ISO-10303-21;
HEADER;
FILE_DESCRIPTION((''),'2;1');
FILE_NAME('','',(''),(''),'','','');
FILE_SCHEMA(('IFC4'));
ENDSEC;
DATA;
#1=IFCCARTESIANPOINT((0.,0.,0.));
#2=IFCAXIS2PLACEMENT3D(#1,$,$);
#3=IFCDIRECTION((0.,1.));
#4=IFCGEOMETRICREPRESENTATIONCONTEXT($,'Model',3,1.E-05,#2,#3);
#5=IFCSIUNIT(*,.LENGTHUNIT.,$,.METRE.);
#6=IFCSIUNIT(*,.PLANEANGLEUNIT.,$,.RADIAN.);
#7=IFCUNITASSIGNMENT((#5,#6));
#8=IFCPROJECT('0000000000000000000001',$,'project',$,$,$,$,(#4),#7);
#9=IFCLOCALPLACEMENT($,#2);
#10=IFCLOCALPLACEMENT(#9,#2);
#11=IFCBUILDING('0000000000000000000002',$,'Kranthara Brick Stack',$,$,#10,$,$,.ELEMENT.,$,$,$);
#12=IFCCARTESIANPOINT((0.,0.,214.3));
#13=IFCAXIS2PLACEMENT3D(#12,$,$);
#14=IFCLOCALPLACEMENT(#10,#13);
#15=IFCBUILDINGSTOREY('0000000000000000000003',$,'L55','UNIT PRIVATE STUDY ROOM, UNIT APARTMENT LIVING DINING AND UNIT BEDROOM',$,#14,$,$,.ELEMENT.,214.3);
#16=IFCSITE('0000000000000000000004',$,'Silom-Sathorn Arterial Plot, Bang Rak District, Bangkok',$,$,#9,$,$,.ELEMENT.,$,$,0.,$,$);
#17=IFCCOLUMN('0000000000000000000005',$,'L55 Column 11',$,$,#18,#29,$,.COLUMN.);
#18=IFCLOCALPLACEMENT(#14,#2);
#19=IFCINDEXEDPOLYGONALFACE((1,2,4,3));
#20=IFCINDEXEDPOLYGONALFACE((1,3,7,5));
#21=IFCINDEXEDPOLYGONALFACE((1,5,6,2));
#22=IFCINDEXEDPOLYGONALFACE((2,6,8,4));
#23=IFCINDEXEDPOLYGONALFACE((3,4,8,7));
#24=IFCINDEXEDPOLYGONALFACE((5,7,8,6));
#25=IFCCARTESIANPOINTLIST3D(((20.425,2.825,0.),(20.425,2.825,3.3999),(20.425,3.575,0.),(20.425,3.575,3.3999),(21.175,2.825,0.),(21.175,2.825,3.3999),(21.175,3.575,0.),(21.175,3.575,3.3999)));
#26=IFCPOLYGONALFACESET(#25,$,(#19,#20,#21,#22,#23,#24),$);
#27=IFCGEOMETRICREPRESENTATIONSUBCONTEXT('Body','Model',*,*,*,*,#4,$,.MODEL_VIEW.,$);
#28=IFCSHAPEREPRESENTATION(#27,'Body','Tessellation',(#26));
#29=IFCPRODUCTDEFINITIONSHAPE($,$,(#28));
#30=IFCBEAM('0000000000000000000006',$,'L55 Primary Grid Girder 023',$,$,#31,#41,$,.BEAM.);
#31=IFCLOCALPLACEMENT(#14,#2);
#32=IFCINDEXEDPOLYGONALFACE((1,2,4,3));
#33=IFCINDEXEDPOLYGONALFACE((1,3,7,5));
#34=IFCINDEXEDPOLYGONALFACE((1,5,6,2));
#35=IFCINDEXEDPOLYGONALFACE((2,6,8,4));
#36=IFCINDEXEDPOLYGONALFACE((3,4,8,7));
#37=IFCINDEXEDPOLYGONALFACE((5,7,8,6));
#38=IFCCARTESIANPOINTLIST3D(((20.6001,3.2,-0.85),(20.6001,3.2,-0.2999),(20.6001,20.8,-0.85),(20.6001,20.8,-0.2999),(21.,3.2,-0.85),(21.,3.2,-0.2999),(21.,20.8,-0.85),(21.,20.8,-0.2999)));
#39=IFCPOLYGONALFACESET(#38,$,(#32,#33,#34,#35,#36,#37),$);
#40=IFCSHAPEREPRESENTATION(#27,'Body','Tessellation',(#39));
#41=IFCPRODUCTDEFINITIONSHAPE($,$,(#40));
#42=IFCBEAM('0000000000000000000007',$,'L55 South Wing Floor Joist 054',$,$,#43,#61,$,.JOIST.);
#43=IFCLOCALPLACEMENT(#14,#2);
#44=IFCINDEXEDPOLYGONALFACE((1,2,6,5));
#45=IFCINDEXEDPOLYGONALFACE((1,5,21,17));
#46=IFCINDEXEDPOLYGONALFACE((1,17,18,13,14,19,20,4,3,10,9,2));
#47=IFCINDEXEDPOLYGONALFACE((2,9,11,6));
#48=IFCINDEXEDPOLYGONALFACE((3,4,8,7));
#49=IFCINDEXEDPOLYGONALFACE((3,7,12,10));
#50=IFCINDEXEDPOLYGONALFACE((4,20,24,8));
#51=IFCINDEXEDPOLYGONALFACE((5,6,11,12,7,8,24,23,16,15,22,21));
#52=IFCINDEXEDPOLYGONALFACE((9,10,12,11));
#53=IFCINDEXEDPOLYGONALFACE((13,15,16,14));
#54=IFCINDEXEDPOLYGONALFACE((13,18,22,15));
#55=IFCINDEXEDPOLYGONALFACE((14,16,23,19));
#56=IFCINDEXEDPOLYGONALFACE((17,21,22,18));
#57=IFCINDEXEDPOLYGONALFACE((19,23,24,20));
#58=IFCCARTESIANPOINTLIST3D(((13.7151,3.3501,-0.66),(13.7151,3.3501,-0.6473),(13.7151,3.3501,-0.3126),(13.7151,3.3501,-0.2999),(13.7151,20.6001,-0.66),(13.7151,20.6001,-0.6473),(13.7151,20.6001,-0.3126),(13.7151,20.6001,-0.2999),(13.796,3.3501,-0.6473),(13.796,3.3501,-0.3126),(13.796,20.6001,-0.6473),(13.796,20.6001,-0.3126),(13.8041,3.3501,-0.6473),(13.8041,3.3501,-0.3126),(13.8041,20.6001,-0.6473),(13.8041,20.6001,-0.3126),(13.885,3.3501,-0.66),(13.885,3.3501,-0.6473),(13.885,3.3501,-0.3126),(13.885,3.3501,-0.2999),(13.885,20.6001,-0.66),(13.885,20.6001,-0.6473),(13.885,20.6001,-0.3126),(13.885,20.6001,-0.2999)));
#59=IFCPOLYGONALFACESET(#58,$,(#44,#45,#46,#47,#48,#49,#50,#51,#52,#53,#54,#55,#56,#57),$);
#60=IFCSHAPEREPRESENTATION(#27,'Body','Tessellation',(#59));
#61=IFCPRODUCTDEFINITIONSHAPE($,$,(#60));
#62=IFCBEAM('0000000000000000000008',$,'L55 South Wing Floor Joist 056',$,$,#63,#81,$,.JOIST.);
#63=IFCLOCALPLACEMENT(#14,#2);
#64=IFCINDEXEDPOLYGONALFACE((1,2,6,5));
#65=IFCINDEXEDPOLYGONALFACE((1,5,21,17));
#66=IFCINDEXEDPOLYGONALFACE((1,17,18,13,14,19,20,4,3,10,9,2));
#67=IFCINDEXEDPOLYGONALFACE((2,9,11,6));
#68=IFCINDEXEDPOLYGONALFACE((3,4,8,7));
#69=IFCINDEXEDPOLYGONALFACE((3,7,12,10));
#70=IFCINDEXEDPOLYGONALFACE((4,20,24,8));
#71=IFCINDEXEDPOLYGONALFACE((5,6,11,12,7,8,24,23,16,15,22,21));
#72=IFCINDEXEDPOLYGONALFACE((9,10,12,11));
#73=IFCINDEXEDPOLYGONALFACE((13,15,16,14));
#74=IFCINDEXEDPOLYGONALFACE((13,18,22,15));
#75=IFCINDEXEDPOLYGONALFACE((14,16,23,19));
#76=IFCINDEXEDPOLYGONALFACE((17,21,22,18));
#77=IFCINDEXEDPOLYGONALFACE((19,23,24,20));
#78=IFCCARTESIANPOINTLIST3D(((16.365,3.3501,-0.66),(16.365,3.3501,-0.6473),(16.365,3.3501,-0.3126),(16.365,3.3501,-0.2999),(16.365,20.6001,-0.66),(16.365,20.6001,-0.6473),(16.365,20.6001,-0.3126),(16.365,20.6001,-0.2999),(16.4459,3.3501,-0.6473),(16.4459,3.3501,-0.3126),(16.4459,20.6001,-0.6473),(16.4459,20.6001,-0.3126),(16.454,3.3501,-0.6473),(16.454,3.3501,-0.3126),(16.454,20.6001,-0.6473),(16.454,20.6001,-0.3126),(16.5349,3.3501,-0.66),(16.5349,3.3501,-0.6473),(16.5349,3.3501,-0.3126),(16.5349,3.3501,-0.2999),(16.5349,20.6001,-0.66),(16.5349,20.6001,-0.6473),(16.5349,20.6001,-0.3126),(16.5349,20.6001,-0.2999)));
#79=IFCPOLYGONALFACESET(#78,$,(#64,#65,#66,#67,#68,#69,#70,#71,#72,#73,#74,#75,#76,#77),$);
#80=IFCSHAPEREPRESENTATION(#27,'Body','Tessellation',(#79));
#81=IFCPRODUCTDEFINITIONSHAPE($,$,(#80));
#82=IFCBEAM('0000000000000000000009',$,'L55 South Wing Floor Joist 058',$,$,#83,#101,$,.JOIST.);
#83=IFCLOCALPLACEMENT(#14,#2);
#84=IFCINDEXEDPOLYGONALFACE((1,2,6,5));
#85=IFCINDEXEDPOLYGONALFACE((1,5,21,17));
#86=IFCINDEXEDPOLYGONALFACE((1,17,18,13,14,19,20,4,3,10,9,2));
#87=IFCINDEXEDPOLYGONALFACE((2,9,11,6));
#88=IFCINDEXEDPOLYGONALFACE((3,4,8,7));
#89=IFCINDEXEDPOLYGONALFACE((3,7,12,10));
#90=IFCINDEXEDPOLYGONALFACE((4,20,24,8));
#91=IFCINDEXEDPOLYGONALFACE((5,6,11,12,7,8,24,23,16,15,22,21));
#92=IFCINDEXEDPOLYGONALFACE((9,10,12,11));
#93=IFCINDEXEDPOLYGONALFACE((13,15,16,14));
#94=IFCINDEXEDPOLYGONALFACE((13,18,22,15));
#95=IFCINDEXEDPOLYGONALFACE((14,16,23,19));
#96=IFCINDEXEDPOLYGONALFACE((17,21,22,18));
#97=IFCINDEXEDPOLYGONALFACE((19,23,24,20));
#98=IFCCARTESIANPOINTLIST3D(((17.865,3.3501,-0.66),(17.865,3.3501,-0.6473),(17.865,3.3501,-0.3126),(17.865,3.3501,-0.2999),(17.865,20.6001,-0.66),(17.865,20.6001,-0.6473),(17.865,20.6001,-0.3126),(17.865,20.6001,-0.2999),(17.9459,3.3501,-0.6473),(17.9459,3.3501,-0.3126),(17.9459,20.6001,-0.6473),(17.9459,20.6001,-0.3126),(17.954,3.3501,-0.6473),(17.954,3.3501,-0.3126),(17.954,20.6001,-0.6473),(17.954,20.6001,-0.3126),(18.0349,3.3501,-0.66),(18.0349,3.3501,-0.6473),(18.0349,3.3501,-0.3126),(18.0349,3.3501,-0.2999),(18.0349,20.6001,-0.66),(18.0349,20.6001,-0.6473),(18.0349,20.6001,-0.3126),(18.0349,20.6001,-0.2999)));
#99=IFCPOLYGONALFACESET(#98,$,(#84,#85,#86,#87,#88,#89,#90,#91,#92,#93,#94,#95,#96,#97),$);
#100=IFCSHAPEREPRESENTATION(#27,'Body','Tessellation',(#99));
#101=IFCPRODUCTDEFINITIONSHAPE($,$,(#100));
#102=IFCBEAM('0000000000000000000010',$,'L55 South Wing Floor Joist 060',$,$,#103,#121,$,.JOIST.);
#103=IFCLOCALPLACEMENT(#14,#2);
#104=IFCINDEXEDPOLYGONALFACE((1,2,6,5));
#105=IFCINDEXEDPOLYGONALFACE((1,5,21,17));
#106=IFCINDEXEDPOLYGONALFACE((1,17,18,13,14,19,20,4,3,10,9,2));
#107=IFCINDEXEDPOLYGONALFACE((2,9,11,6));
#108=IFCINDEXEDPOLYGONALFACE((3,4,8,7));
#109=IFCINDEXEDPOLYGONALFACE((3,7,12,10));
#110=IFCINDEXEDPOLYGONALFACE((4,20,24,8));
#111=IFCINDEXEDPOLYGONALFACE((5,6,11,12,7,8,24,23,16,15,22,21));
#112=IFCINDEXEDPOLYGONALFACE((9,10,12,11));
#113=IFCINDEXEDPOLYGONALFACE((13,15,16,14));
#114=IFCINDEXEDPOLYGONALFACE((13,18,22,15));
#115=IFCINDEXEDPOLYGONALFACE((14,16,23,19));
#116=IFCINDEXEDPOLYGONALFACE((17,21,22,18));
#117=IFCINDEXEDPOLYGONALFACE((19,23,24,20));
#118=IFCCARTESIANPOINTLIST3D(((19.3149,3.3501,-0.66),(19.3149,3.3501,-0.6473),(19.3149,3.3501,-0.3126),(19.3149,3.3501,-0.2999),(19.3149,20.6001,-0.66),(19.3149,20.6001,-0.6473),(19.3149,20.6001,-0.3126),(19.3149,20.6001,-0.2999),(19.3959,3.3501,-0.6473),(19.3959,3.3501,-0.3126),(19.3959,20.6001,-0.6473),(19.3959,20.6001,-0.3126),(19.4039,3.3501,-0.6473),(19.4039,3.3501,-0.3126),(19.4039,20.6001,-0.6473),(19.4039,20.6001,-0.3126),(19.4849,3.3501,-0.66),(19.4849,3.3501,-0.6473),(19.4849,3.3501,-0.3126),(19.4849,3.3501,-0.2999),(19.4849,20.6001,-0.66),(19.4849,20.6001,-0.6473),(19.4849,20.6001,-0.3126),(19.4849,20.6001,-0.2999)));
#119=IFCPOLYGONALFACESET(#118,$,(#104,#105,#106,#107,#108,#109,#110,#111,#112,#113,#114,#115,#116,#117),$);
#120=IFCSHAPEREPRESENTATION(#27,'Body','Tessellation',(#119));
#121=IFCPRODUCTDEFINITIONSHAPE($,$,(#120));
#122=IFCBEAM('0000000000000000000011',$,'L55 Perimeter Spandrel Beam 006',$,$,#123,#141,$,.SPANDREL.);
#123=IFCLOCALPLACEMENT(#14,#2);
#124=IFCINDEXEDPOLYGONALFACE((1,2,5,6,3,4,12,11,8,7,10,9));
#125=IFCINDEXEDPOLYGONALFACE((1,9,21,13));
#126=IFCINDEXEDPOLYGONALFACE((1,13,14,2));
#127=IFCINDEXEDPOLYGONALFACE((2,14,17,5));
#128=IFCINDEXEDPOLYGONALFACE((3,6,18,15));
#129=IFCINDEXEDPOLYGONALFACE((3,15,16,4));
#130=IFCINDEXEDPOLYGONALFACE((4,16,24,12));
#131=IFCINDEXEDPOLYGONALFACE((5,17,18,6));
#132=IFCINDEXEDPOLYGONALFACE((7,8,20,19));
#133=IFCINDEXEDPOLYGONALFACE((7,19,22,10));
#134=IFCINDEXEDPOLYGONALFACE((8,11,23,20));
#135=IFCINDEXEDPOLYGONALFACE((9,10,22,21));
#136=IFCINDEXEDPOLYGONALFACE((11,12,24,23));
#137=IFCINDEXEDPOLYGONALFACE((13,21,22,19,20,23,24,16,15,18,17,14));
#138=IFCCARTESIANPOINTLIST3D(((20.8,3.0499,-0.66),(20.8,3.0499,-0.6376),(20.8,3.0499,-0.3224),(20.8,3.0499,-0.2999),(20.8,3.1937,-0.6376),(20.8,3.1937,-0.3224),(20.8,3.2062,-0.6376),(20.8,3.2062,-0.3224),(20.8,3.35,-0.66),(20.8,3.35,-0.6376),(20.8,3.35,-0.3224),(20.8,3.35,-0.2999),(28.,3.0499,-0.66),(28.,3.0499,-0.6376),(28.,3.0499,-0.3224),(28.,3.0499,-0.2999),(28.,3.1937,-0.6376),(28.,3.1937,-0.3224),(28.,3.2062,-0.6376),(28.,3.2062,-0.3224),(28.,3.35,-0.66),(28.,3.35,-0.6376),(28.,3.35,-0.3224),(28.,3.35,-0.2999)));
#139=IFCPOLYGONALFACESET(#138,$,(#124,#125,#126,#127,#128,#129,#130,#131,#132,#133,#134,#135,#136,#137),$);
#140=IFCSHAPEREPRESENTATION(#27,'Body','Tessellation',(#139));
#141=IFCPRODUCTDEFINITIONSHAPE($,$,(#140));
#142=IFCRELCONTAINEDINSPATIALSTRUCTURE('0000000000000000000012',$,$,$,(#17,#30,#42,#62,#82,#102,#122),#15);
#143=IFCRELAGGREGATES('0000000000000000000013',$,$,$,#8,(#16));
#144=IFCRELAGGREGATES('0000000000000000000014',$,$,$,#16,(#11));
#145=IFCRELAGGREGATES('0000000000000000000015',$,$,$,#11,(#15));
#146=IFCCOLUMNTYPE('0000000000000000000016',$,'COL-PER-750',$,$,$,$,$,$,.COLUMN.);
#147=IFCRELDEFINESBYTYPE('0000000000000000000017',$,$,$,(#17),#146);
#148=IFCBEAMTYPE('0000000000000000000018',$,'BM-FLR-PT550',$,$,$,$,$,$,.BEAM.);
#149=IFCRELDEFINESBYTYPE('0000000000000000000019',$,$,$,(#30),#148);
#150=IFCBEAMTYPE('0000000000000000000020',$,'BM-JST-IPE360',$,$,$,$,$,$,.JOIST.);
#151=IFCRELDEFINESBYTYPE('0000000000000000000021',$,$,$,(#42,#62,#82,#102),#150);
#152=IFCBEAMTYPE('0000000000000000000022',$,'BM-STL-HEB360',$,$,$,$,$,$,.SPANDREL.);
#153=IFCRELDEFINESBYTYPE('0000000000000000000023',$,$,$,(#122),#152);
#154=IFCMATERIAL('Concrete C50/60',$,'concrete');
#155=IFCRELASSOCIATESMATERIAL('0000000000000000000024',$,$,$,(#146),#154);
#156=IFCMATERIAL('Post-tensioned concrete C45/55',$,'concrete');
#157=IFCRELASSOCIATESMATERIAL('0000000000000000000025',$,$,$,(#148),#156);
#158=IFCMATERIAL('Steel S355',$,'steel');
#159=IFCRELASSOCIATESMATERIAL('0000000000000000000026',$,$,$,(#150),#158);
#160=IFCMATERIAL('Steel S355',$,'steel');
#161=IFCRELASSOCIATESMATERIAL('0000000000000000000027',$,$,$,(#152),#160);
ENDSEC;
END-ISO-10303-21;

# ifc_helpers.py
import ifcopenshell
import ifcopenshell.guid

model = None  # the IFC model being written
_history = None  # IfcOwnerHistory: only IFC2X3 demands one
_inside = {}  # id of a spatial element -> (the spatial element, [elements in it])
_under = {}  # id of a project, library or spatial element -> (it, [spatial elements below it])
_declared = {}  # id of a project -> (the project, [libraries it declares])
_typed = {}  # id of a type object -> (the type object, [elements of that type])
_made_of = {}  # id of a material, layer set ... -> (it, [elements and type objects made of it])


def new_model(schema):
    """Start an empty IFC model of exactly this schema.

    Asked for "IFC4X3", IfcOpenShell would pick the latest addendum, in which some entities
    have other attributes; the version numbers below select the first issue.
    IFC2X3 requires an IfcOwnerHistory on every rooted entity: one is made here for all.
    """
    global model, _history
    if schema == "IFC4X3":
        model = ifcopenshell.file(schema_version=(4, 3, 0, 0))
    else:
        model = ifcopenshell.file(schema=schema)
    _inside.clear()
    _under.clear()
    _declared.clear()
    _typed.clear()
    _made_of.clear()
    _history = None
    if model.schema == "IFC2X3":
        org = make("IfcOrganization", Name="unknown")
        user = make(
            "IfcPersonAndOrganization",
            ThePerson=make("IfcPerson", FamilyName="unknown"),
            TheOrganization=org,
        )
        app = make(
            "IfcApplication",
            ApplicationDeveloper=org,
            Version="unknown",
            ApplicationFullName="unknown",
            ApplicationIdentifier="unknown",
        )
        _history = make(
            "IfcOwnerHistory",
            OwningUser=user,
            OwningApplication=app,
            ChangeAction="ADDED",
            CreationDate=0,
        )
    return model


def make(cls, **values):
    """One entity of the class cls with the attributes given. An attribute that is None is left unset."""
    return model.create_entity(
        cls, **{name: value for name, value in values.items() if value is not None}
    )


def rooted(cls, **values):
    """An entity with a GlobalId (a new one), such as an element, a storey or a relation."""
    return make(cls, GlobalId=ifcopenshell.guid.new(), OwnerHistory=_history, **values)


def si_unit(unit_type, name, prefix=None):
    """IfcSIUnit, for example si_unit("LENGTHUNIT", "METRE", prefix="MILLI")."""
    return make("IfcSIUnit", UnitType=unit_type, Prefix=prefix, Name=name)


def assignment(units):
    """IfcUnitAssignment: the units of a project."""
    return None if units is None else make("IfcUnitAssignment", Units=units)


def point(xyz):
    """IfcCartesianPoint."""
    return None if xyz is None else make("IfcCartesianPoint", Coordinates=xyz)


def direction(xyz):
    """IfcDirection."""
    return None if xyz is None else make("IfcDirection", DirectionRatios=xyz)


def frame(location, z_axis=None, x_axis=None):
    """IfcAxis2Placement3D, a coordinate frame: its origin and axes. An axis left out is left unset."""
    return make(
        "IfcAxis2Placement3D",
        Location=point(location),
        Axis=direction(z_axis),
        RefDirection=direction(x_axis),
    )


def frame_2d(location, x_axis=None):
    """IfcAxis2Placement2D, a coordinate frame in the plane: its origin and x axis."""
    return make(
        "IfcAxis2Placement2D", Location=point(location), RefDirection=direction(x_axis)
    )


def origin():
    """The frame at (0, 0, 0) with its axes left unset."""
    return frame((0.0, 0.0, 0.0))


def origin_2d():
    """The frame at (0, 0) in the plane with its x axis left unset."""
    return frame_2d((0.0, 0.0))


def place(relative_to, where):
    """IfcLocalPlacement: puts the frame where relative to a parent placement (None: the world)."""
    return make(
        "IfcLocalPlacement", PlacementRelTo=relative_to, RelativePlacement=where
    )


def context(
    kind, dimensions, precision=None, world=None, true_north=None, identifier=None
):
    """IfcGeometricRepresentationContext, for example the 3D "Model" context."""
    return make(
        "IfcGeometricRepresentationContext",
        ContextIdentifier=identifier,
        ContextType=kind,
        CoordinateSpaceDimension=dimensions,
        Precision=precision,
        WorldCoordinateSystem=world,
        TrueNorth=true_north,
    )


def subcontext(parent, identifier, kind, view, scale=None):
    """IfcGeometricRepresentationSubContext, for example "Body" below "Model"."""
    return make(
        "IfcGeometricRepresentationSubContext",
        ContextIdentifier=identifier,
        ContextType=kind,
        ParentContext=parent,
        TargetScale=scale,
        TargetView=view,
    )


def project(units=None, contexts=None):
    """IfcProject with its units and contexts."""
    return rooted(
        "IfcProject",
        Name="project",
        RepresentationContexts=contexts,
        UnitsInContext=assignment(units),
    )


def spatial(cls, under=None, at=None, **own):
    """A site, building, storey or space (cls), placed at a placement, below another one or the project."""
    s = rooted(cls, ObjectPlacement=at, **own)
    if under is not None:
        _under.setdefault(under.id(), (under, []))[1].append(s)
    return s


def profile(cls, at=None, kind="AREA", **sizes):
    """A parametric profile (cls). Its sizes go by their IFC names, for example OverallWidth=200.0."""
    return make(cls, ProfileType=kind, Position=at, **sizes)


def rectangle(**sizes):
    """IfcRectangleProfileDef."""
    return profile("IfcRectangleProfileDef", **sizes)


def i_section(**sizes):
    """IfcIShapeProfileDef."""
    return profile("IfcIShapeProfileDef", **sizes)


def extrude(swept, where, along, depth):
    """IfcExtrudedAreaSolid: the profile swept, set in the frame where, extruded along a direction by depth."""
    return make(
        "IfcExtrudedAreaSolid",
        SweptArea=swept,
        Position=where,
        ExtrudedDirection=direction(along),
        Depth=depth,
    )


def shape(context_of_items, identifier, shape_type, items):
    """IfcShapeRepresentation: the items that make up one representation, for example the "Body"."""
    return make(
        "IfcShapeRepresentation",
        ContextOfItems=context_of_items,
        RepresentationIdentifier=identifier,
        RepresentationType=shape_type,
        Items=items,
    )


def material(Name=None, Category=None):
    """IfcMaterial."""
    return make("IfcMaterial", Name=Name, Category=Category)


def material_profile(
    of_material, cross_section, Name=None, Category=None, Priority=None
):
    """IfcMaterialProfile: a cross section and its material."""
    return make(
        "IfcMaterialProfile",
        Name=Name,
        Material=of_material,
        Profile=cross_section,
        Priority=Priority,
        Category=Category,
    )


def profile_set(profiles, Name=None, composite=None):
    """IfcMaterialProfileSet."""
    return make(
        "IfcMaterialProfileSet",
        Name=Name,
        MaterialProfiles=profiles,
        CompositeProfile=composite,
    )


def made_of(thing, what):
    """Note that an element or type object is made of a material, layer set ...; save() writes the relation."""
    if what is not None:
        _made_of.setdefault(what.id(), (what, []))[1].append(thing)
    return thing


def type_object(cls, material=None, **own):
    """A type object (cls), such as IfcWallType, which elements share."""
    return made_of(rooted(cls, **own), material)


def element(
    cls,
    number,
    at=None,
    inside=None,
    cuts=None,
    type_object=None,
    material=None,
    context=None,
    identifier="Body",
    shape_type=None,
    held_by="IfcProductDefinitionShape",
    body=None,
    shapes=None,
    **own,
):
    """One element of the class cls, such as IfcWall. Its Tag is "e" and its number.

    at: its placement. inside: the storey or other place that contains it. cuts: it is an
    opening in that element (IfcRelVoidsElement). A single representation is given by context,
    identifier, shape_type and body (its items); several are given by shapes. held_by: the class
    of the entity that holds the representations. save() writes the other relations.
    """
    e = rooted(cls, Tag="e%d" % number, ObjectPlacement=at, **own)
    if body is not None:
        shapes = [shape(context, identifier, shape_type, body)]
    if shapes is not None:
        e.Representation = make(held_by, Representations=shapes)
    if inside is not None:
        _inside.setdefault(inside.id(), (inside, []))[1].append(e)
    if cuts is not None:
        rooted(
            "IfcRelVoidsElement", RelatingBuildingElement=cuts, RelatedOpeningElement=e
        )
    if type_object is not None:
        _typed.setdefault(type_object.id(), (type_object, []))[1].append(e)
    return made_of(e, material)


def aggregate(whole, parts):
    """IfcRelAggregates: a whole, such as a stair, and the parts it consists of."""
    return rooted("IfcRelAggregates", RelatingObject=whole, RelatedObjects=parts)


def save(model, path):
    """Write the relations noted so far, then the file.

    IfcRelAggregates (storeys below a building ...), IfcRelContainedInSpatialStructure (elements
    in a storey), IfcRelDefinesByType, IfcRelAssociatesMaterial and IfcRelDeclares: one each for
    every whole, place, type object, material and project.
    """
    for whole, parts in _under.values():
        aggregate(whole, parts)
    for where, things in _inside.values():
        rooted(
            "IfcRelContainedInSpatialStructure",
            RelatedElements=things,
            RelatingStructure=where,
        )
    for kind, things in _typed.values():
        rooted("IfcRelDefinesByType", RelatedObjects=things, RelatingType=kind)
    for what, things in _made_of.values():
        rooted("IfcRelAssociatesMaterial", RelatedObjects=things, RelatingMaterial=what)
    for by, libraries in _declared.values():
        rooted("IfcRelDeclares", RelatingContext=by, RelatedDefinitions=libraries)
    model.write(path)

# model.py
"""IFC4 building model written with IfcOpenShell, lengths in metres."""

from ifc_helpers import new_model, si_unit, direction, frame, origin, origin_2d, place, context, subcontext, project, spatial, rectangle, i_section, extrude, material, material_profile, profile_set, type_object, element, save


model = new_model("IFC4")

# Units and contexts
model_context = context("Model", 3, precision=1e-05, world=origin(), true_north=direction((0.0, 1.0)))
body_context = subcontext(model_context, "Body", "Model", "MODEL_VIEW")
ifc_project = project(units=[si_unit("LENGTHUNIT", "METRE"), si_unit("PLANEANGLEUNIT", "RADIAN")], contexts=[model_context])

# Site, building, storey
site_placement = place(None, origin())
site = spatial("IfcSite", under=ifc_project, at=site_placement, Name="Silom-Sathorn Arterial Plot, Bang Rak District, Bangkok", CompositionType="ELEMENT", RefElevation=0.0)
building_placement = place(site_placement, origin())
building = spatial("IfcBuilding", under=site, at=building_placement, Name="Kranthara Brick Stack", CompositionType="ELEMENT")
storey_placement = place(building_placement, frame((0.0, 0.0, 214.3)))
storey = spatial("IfcBuildingStorey", under=building, at=storey_placement, Name="L55", Description="UNIT PRIVATE STUDY ROOM, UNIT APARTMENT LIVING DINING AND UNIT BEDROOM", CompositionType="ELEMENT", Elevation=214.3)

# Column
ifc_material_1 = material(Name="Concrete C50/60", Category="concrete")
ifc_material_profile_1 = material_profile(ifc_material_1, rectangle(XDim=0.75, YDim=0.75, at=origin_2d()), Name="RC 750x750")
ifc_profile_set_1 = profile_set([ifc_material_profile_1], Name="Concrete C50/60")
column_type = type_object("IfcColumnType", Name="COL-PER-750", PredefinedType="COLUMN", material=ifc_profile_set_1)
column_placement = place(storey_placement, frame((20.8, 3.2, 0.0), z_axis=(0.0, 0.0, 1.0), x_axis=(1.0, 0.0, 0.0)))
element("IfcColumn", 1, at=column_placement, inside=storey, type_object=column_type, Name="L55 Column 11", PredefinedType="COLUMN", context=body_context, shape_type="SweptSolid", body=[
    extrude(rectangle(XDim=0.75, YDim=0.75, at=origin_2d()), origin(), (0.0, 0.0, 1.0), 3.3999),
])

# Beams
ifc_material_2 = material(Name="Post-tensioned concrete C45/55", Category="concrete")
ifc_material_profile_2 = material_profile(ifc_material_2, rectangle(XDim=0.3999, YDim=0.55, at=origin_2d()), Name="PT 400x550")
ifc_profile_set_2 = profile_set([ifc_material_profile_2], Name="Post-tensioned concrete C45/55")
beam_type_1 = type_object("IfcBeamType", Name="BM-FLR-PT550", PredefinedType="BEAM", material=ifc_profile_set_2)
beam_1_placement = place(storey_placement, frame((20.8, 3.2, -0.575), z_axis=(0.0, 1.0, 0.0), x_axis=(-1.0, 0.0, 0.0)))
element("IfcBeam", 2, at=beam_1_placement, inside=storey, type_object=beam_type_1, Name="L55 Primary Grid Girder 023", PredefinedType="BEAM", context=body_context, shape_type="SweptSolid", body=[
    extrude(rectangle(XDim=0.3999, YDim=0.55, at=origin_2d()), origin(), (0.0, 0.0, 1.0), 17.6001),
])
ifc_material_3 = material(Name="Steel S355", Category="steel")
ifc_material_profile_3 = material_profile(ifc_material_3, i_section(OverallWidth=0.1699, OverallDepth=0.3601, WebThickness=0.0081, FlangeThickness=0.0127, at=origin_2d()), Name="IPE 360")
ifc_profile_set_3 = profile_set([ifc_material_profile_3], Name="Steel S355")
beam_type_2 = type_object("IfcBeamType", Name="BM-JST-IPE360", PredefinedType="JOIST", material=ifc_profile_set_3)
for number, where, z_axis, x_axis, name in (
    (3, (13.8, 3.3501, -0.48), (0.0, 1.0, 0.0), (-1.0, 0.0, 0.0), "L55 South Wing Floor Joist 054"),
    (4, (16.45, 3.3501, -0.48), (0.0, 1.0, 0.0), (-1.0, 0.0, 0.0), "L55 South Wing Floor Joist 056"),
    (5, (17.95, 3.3501, -0.48), (0.0, 1.0, 0.0), (-1.0, 0.0, 0.0), "L55 South Wing Floor Joist 058"),
    (6, (19.3999, 3.3501, -0.48), (0.0, 1.0, 0.0), (-1.0, 0.0, 0.0), "L55 South Wing Floor Joist 060"),
):
    element("IfcBeam", number, at=place(storey_placement, frame(where, z_axis=z_axis, x_axis=x_axis)), inside=storey, type_object=beam_type_2, Name=name, PredefinedType="JOIST", context=body_context, shape_type="SweptSolid", body=[
        extrude(i_section(OverallWidth=0.1699, OverallDepth=0.3601, WebThickness=0.0081, FlangeThickness=0.0127, at=origin_2d()), origin(), (0.0, 0.0, 1.0), 17.25),
    ])
ifc_material_4 = material(Name="Steel S355", Category="steel")
ifc_material_profile_4 = material_profile(ifc_material_4, i_section(OverallWidth=0.3, OverallDepth=0.3601, WebThickness=0.0125, FlangeThickness=0.0225, at=origin_2d()), Name="HEB 360")
ifc_profile_set_4 = profile_set([ifc_material_profile_4], Name="Steel S355")
beam_type_3 = type_object("IfcBeamType", Name="BM-STL-HEB360", PredefinedType="SPANDREL", material=ifc_profile_set_4)
beam_2_placement = place(storey_placement, frame((20.8, 3.2, -0.48), z_axis=(1.0, 0.0, 0.0), x_axis=(0.0, 1.0, 0.0)))
element("IfcBeam", 7, at=beam_2_placement, inside=storey, type_object=beam_type_3, Name="L55 Perimeter Spandrel Beam 006", PredefinedType="SPANDREL", context=body_context, shape_type="SweptSolid", body=[
    extrude(i_section(OverallWidth=0.3, OverallDepth=0.3601, WebThickness=0.0125, FlangeThickness=0.0225, at=origin_2d()), origin(), (0.0, 0.0, 1.0), 7.2),
])

save(model, "model.ifc")
